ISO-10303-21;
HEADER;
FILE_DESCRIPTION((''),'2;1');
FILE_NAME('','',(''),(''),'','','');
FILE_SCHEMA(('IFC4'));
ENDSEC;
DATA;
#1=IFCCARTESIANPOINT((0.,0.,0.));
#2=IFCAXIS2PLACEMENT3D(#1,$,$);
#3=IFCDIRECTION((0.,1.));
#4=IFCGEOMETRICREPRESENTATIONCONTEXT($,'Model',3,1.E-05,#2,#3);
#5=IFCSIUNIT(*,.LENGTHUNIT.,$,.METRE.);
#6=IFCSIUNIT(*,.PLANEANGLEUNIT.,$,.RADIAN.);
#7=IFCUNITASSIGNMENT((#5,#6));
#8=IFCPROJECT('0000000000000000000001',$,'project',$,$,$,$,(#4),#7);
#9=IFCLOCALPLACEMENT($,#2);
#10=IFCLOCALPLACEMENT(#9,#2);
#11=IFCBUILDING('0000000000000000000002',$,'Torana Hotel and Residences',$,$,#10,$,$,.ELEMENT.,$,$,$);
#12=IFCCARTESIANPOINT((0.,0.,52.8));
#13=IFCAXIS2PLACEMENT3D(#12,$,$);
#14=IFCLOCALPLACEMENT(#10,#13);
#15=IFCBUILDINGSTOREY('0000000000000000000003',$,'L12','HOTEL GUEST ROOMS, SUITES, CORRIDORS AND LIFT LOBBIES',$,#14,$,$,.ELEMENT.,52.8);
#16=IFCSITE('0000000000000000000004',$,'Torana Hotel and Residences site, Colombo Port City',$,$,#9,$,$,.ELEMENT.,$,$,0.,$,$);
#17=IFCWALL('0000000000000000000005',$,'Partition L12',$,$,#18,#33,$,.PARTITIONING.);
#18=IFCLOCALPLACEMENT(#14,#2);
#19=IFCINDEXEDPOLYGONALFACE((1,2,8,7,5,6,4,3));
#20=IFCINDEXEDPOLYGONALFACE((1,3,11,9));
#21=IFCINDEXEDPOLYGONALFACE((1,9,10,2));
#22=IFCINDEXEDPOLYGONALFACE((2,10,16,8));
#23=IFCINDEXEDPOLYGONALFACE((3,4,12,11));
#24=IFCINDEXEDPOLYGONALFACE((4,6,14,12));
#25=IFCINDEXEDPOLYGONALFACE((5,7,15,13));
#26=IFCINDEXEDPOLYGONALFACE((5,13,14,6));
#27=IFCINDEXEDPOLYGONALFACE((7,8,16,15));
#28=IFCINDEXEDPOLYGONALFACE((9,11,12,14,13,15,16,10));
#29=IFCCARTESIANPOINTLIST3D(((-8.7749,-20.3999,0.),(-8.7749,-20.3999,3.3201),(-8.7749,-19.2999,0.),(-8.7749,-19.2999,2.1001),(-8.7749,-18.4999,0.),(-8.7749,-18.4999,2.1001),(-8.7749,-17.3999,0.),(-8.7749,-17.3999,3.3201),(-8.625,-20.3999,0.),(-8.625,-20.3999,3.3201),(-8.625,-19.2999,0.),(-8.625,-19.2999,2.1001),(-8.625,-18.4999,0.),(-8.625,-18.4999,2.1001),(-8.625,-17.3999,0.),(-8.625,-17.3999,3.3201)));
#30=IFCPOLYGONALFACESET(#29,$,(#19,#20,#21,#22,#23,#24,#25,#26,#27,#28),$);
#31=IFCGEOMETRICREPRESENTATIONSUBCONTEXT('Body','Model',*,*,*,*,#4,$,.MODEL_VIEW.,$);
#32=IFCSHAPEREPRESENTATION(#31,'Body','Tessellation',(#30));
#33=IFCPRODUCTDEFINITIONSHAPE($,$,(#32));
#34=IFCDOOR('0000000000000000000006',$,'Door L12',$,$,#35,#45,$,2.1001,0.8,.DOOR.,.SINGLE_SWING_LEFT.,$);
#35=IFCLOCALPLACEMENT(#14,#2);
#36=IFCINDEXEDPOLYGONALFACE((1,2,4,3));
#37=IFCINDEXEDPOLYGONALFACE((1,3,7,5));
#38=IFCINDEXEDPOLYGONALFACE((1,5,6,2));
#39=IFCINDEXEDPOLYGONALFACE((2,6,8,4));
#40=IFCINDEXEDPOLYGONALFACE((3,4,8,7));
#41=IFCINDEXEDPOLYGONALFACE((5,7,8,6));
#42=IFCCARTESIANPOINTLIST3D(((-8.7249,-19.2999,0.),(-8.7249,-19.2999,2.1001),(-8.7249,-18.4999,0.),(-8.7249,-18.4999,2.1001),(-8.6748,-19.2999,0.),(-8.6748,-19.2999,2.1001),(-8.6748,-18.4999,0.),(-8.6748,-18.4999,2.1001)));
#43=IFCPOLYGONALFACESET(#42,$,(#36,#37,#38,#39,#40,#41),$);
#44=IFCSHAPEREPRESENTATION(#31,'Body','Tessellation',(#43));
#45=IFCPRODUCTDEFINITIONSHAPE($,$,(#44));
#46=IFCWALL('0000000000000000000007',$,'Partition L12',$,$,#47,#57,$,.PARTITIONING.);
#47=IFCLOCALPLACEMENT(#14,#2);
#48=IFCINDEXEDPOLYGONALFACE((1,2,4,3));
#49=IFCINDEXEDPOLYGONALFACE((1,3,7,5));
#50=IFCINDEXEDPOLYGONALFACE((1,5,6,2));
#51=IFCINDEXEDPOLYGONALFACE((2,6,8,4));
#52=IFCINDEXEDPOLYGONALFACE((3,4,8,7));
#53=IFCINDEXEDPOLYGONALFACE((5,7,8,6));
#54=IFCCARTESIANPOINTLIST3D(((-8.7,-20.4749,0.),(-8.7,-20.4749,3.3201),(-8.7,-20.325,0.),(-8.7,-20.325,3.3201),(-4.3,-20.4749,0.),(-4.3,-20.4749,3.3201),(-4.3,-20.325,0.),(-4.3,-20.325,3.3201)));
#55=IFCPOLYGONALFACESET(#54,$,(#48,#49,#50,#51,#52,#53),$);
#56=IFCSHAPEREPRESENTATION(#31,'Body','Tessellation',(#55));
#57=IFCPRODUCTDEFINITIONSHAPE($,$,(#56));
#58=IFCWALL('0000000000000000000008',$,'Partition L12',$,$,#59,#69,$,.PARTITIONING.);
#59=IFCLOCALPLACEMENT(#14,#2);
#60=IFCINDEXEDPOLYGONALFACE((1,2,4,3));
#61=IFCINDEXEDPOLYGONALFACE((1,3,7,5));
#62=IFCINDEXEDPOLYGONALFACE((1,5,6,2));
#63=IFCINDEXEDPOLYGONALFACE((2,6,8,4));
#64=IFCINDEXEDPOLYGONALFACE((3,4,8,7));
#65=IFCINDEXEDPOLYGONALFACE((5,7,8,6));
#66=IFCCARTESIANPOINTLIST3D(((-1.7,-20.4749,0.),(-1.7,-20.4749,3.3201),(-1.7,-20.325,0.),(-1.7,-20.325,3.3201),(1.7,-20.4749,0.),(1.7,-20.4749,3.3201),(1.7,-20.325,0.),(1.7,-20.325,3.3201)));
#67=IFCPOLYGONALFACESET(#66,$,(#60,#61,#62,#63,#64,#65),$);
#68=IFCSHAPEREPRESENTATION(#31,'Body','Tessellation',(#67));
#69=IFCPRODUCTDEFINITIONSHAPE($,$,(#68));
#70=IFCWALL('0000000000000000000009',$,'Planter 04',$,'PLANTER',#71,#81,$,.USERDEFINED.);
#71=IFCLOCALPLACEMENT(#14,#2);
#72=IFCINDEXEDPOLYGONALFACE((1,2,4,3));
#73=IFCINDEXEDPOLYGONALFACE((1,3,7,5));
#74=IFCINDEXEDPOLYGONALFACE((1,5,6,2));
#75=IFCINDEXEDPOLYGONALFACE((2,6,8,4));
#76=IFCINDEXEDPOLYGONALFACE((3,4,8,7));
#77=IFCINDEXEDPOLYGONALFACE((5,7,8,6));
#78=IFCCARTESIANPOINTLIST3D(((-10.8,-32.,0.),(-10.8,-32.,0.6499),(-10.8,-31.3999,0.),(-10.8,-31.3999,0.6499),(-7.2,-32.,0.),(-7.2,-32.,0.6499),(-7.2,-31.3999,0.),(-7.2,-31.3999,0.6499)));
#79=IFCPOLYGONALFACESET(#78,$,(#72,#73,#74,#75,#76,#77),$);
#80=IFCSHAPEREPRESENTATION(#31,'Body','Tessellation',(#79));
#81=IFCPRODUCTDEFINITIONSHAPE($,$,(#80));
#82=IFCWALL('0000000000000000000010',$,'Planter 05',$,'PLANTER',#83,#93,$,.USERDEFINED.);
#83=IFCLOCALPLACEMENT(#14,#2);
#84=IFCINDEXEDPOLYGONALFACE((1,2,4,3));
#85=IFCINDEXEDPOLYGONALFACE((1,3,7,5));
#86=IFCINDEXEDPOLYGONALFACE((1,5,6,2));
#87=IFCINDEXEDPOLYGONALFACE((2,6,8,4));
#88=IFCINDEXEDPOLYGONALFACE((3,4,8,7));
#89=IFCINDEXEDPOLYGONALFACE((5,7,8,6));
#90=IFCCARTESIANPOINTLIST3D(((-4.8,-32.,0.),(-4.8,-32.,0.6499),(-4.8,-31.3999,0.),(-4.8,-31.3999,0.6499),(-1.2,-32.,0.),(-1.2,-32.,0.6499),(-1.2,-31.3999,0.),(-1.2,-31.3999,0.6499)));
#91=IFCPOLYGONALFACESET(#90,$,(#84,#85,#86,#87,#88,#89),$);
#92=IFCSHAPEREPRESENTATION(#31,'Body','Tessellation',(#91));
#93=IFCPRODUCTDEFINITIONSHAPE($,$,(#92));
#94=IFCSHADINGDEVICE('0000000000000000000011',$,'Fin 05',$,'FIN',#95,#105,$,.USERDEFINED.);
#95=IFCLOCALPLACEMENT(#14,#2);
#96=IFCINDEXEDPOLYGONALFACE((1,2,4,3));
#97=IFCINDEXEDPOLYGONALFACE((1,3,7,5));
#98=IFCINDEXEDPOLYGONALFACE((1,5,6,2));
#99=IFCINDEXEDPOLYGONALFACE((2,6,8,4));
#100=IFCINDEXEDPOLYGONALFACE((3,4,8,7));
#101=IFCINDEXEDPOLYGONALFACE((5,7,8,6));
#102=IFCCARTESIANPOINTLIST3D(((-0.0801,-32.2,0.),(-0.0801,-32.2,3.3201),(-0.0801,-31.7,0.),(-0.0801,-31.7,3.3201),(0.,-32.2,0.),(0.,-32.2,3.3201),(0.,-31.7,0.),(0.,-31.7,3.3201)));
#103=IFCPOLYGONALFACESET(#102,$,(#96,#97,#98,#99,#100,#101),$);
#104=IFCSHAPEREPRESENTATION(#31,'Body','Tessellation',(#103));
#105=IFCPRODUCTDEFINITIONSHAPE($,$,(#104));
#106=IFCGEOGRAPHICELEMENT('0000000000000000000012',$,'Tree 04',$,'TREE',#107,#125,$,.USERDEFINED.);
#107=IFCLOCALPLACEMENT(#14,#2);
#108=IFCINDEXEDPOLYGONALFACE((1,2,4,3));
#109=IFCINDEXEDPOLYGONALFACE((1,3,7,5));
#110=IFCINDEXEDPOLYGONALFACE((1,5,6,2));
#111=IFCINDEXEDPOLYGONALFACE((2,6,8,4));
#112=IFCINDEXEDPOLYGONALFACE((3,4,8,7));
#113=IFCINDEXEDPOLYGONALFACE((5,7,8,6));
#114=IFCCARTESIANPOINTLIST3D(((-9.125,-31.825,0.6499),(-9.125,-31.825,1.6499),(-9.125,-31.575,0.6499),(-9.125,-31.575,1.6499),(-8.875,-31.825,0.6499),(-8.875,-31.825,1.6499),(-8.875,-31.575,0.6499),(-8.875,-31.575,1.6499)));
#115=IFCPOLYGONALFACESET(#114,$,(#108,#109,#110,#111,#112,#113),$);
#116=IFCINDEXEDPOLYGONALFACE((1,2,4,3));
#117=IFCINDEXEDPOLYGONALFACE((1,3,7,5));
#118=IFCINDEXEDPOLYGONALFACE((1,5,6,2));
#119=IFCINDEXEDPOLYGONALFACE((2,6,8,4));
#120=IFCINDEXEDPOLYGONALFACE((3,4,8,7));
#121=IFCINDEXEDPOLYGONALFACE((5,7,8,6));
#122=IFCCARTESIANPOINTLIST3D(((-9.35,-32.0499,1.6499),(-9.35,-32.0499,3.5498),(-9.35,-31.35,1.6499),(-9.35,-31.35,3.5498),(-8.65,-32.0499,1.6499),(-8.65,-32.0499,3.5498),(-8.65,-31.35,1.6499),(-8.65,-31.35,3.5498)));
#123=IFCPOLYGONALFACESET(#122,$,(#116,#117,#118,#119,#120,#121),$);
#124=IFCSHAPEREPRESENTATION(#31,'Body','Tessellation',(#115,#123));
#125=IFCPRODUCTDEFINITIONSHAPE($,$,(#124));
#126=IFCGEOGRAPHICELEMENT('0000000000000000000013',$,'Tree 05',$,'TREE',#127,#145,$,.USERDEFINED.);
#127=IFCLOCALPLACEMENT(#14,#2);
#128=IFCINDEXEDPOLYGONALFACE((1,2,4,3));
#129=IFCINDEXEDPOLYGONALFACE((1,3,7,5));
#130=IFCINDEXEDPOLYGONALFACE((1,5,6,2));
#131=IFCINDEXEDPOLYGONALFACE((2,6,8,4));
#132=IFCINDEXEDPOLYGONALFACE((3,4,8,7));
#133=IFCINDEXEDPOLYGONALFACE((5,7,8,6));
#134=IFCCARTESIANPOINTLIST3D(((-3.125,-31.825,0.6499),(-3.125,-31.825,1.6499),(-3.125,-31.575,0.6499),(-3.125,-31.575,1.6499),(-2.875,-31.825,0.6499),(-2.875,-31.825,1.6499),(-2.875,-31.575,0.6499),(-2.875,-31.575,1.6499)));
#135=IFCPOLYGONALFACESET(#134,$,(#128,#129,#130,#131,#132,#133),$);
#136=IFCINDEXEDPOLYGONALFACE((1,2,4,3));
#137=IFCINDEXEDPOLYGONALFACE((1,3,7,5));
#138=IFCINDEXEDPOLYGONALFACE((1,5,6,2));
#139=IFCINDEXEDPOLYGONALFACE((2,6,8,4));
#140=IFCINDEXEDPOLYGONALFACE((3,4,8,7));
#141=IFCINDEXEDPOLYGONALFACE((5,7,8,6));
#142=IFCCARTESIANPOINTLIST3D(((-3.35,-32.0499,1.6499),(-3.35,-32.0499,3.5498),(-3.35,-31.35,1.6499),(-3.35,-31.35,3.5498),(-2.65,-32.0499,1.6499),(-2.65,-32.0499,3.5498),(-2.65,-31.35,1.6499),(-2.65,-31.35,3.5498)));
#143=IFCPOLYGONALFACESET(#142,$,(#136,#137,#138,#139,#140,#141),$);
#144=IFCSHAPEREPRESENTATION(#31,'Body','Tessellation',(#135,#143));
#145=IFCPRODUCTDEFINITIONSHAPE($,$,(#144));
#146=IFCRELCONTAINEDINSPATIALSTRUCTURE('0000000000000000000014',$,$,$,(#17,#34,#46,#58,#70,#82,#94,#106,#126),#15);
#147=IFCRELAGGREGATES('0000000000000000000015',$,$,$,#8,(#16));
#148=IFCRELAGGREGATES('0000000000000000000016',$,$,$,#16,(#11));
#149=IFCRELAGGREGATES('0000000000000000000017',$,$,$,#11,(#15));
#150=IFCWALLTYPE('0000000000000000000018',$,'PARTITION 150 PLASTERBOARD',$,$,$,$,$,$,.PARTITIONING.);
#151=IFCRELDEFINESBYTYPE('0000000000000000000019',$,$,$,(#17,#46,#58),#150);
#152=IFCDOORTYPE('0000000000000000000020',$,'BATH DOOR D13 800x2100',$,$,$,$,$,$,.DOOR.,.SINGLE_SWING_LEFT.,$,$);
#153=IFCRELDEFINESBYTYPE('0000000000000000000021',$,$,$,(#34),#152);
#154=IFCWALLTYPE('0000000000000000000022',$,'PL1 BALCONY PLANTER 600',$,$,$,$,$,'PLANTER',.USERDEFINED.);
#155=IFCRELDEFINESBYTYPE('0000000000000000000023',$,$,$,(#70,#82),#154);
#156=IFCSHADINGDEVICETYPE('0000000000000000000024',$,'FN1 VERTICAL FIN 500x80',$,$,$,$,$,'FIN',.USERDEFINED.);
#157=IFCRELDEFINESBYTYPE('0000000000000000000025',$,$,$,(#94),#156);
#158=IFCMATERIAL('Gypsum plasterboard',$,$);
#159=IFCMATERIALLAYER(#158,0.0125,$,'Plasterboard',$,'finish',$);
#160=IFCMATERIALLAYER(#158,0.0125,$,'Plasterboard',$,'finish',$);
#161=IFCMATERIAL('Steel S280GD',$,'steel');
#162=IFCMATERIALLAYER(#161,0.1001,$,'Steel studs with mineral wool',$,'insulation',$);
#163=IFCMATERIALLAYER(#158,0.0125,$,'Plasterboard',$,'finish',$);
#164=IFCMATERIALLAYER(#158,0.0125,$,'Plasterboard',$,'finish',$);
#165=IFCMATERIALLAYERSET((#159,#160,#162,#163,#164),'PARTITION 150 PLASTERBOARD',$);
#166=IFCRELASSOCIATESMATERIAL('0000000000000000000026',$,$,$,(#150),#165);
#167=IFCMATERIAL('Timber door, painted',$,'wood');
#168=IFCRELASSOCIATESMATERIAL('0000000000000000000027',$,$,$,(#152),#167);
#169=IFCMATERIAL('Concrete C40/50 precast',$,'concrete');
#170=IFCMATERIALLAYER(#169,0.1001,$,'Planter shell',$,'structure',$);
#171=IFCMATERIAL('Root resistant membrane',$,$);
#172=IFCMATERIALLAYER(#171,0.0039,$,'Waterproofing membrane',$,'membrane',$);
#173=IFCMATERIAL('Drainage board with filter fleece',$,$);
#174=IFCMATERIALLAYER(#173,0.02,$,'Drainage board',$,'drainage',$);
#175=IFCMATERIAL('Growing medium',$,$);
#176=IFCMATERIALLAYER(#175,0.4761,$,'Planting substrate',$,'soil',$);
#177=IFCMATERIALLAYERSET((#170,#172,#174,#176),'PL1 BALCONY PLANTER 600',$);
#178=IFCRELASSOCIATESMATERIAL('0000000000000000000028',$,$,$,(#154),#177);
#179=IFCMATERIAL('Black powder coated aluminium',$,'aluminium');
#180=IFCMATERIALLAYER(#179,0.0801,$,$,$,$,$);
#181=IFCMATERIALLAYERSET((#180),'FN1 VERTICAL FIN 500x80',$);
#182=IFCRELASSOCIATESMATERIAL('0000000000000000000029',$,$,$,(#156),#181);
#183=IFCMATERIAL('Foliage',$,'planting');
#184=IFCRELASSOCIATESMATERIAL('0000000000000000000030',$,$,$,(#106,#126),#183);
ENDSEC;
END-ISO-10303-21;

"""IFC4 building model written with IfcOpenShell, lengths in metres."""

from ifc_helpers import new_model, si_unit, direction, frame, frame_2d, origin, origin_2d, place, context, subcontext, project, spatial, rectangle, extrude, material, layer, layer_set, type_object, element, fill, save


model = new_model("IFC4")

# Units and contexts
model_context = context("Model", 3, precision=1e-05, world=origin(), true_north=direction((0.0, 1.0)))
body_context = subcontext(model_context, "Body", "Model", "MODEL_VIEW")
ifc_project = project(units=[si_unit("LENGTHUNIT", "METRE"), si_unit("PLANEANGLEUNIT", "RADIAN")], contexts=[model_context])

# Site, building, storey
site_placement = place(None, origin())
site = spatial("IfcSite", under=ifc_project, at=site_placement, Name="Torana Hotel and Residences site, Colombo Port City", CompositionType="ELEMENT", RefElevation=0.0)
building_placement = place(site_placement, origin())
building = spatial("IfcBuilding", under=site, at=building_placement, Name="Torana Hotel and Residences", CompositionType="ELEMENT")
storey_placement = place(building_placement, frame((0.0, 0.0, 52.8)))
storey = spatial("IfcBuildingStorey", under=building, at=storey_placement, Name="L12", Description="HOTEL GUEST ROOMS, SUITES, CORRIDORS AND LIFT LOBBIES", CompositionType="ELEMENT", Elevation=52.8)

# Shared definitions
ifc_material_1 = material(Name="Gypsum plasterboard")
ifc_layer_1 = layer(ifc_material_1, 0.0125, Name="Plasterboard", Category="finish")
ifc_layer_2 = layer(ifc_material_1, 0.0125, Name="Plasterboard", Category="finish")
ifc_material_2 = material(Name="Steel S280GD", Category="steel")
ifc_layer_3 = layer(ifc_material_2, 0.1001, Name="Steel studs with mineral wool", Category="insulation")
ifc_layer_4 = layer(ifc_material_1, 0.0125, Name="Plasterboard", Category="finish")
ifc_layer_5 = layer(ifc_material_1, 0.0125, Name="Plasterboard", Category="finish")
ifc_layer_set_1 = layer_set([ifc_layer_1, ifc_layer_2, ifc_layer_3, ifc_layer_4, ifc_layer_5], Name="PARTITION 150 PLASTERBOARD")
wall_type_1 = type_object("IfcWallType", Name="PARTITION 150 PLASTERBOARD", PredefinedType="PARTITIONING", material=ifc_layer_set_1)
ifc_material_3 = material(Name="Timber door, painted", Category="wood")
door_type_1 = type_object("IfcDoorType", Name="BATH DOOR D13 800x2100", OperationType="SINGLE_SWING_LEFT", PredefinedType="DOOR", material=ifc_material_3)

# Wall, opening, door
wall_1_placement = place(storey_placement, frame((-8.7, -20.3999, 0.0), z_axis=(0.0, 0.0, 1.0), x_axis=(0.0, 1.0, 0.0)))
wall_1 = element("IfcWall", 1, at=wall_1_placement, inside=storey, type_object=wall_type_1, Name="Partition L12", PredefinedType="PARTITIONING", context=body_context, shape_type="SweptSolid", body=[
    extrude(rectangle(XDim=3.0, YDim=0.1499, at=frame_2d((1.5, 0.0))), origin(), (0.0, 0.0, 1.0), 3.3201),
])
opening_1_placement = place(wall_1_placement, frame((1.1001, 0.0, 0.0)))
opening_1 = element("IfcOpeningElement", 2, at=opening_1_placement, cuts=wall_1, PredefinedType="OPENING", context=body_context, shape_type="SweptSolid", body=[
    extrude(rectangle(XDim=0.8, YDim=2.1001, at=frame_2d((0.3999, 1.05))), frame((0.0, 0.085, 0.0), z_axis=(0.0, -1.0, 0.0), x_axis=(1.0, 0.0, 0.0)), (0.0, 0.0, 1.0), 0.1699),
])
door_1_placement = place(opening_1_placement, origin())
door_1 = element("IfcDoor", 3, at=door_1_placement, inside=storey, type_object=door_type_1, Name="Door L12", OperationType="SINGLE_SWING_LEFT", OverallHeight=2.1001, OverallWidth=0.8, PredefinedType="DOOR", context=body_context, shape_type="SweptSolid", body=[
    extrude(rectangle(XDim=0.8, YDim=2.1001, at=frame_2d((0.3999, 1.05))), frame((0.0, 0.0249, 0.0), z_axis=(0.0, -1.0, 0.0), x_axis=(1.0, 0.0, 0.0)), (0.0, 0.0, 1.0), 0.05),
])
fill(opening_1, door_1)

# Walls
wall_2_placement = place(storey_placement, frame((-8.7, -20.3999, 0.0), z_axis=(0.0, 0.0, 1.0), x_axis=(1.0, 0.0, 0.0)))
element("IfcWall", 4, at=wall_2_placement, inside=storey, type_object=wall_type_1, Name="Partition L12", PredefinedType="PARTITIONING", context=body_context, shape_type="SweptSolid", body=[
    extrude(rectangle(XDim=4.3999, YDim=0.1499, at=frame_2d((2.2, 0.0))), origin(), (0.0, 0.0, 1.0), 3.3201),
])
wall_3_placement = place(storey_placement, frame((-1.7, -20.3999, 0.0), z_axis=(0.0, 0.0, 1.0), x_axis=(1.0, 0.0, 0.0)))
element("IfcWall", 5, at=wall_3_placement, inside=storey, type_object=wall_type_1, Name="Partition L12", PredefinedType="PARTITIONING", context=body_context, shape_type="SweptSolid", body=[
    extrude(rectangle(XDim=3.3999, YDim=0.1499, at=frame_2d((1.7, 0.0))), origin(), (0.0, 0.0, 1.0), 3.3201),
])
ifc_material_4 = material(Name="Concrete C40/50 precast", Category="concrete")
ifc_layer_6 = layer(ifc_material_4, 0.1001, Name="Planter shell", Category="structure")
ifc_material_5 = material(Name="Root resistant membrane")
ifc_layer_7 = layer(ifc_material_5, 0.0039, Name="Waterproofing membrane", Category="membrane")
ifc_material_6 = material(Name="Drainage board with filter fleece")
ifc_layer_8 = layer(ifc_material_6, 0.02, Name="Drainage board", Category="drainage")
ifc_material_7 = material(Name="Growing medium")
ifc_layer_9 = layer(ifc_material_7, 0.4761, Name="Planting substrate", Category="soil")
ifc_layer_set_2 = layer_set([ifc_layer_6, ifc_layer_7, ifc_layer_8, ifc_layer_9], Name="PL1 BALCONY PLANTER 600")
wall_type_2 = type_object("IfcWallType", Name="PL1 BALCONY PLANTER 600", ElementType="PLANTER", PredefinedType="USERDEFINED", material=ifc_layer_set_2)
for number, where, z_axis, x_axis, name in (
    (6, (-7.2, -31.7, 0.0), (0.0, 0.0, 1.0), (-1.0, 0.0, 0.0), "Planter 04"),
    (7, (-1.2, -31.7, 0.0), (0.0, 0.0, 1.0), (-1.0, 0.0, 0.0), "Planter 05"),
):
    element("IfcWall", number, at=place(storey_placement, frame(where, z_axis=z_axis, x_axis=x_axis)), inside=storey, type_object=wall_type_2, Name=name, ObjectType="PLANTER", PredefinedType="USERDEFINED", context=body_context, shape_type="SweptSolid", body=[
        extrude(rectangle(XDim=3.6001, YDim=0.6001, at=frame_2d((1.8, 0.0))), origin(), (0.0, 0.0, 1.0), 0.6499),
    ])

# Shading device
ifc_material_8 = material(Name="Black powder coated aluminium", Category="aluminium")
ifc_layer_10 = layer(ifc_material_8, 0.0801)
ifc_layer_set_3 = layer_set([ifc_layer_10], Name="FN1 VERTICAL FIN 500x80")
shading_device_type = type_object("IfcShadingDeviceType", Name="FN1 VERTICAL FIN 500x80", ElementType="FIN", PredefinedType="USERDEFINED", material=ifc_layer_set_3)
shading_device_placement = place(storey_placement, frame((-0.04, -31.95, 0.0), z_axis=(0.0, 0.0, 1.0), x_axis=(-1.0, 0.0, 0.0)))
element("IfcShadingDevice", 8, at=shading_device_placement, inside=storey, type_object=shading_device_type, Name="Fin 05", ObjectType="FIN", PredefinedType="USERDEFINED", context=body_context, shape_type="SweptSolid", body=[
    extrude(rectangle(XDim=0.0801, YDim=0.5, at=origin_2d()), origin(), (0.0, 0.0, 1.0), 3.3201),
])

# Geographic elements
ifc_material_9 = material(Name="Foliage", Category="planting")
for number, where, z_axis, x_axis, name in (
    (9, (-9.0, -31.7, 0.6499), (0.0, 0.0, 1.0), (1.0, 0.0, 0.0), "Tree 04"),
    (10, (-3.0, -31.7, 0.6499), (0.0, 0.0, 1.0), (1.0, 0.0, 0.0), "Tree 05"),
):
    element("IfcGeographicElement", number, at=place(storey_placement, frame(where, z_axis=z_axis, x_axis=x_axis)), inside=storey, material=ifc_material_9, Name=name, ObjectType="TREE", PredefinedType="USERDEFINED", context=body_context, shape_type="SweptSolid", body=[
        extrude(rectangle(XDim=0.25, YDim=0.25, at=origin_2d()), origin(), (0.0, 0.0, 1.0), 1.0),
        extrude(rectangle(XDim=0.7, YDim=0.7, at=origin_2d()), frame((0.0, 0.0, 1.0)), (0.0, 0.0, 1.0), 1.8999),
    ])

save(model, "model.ifc")
